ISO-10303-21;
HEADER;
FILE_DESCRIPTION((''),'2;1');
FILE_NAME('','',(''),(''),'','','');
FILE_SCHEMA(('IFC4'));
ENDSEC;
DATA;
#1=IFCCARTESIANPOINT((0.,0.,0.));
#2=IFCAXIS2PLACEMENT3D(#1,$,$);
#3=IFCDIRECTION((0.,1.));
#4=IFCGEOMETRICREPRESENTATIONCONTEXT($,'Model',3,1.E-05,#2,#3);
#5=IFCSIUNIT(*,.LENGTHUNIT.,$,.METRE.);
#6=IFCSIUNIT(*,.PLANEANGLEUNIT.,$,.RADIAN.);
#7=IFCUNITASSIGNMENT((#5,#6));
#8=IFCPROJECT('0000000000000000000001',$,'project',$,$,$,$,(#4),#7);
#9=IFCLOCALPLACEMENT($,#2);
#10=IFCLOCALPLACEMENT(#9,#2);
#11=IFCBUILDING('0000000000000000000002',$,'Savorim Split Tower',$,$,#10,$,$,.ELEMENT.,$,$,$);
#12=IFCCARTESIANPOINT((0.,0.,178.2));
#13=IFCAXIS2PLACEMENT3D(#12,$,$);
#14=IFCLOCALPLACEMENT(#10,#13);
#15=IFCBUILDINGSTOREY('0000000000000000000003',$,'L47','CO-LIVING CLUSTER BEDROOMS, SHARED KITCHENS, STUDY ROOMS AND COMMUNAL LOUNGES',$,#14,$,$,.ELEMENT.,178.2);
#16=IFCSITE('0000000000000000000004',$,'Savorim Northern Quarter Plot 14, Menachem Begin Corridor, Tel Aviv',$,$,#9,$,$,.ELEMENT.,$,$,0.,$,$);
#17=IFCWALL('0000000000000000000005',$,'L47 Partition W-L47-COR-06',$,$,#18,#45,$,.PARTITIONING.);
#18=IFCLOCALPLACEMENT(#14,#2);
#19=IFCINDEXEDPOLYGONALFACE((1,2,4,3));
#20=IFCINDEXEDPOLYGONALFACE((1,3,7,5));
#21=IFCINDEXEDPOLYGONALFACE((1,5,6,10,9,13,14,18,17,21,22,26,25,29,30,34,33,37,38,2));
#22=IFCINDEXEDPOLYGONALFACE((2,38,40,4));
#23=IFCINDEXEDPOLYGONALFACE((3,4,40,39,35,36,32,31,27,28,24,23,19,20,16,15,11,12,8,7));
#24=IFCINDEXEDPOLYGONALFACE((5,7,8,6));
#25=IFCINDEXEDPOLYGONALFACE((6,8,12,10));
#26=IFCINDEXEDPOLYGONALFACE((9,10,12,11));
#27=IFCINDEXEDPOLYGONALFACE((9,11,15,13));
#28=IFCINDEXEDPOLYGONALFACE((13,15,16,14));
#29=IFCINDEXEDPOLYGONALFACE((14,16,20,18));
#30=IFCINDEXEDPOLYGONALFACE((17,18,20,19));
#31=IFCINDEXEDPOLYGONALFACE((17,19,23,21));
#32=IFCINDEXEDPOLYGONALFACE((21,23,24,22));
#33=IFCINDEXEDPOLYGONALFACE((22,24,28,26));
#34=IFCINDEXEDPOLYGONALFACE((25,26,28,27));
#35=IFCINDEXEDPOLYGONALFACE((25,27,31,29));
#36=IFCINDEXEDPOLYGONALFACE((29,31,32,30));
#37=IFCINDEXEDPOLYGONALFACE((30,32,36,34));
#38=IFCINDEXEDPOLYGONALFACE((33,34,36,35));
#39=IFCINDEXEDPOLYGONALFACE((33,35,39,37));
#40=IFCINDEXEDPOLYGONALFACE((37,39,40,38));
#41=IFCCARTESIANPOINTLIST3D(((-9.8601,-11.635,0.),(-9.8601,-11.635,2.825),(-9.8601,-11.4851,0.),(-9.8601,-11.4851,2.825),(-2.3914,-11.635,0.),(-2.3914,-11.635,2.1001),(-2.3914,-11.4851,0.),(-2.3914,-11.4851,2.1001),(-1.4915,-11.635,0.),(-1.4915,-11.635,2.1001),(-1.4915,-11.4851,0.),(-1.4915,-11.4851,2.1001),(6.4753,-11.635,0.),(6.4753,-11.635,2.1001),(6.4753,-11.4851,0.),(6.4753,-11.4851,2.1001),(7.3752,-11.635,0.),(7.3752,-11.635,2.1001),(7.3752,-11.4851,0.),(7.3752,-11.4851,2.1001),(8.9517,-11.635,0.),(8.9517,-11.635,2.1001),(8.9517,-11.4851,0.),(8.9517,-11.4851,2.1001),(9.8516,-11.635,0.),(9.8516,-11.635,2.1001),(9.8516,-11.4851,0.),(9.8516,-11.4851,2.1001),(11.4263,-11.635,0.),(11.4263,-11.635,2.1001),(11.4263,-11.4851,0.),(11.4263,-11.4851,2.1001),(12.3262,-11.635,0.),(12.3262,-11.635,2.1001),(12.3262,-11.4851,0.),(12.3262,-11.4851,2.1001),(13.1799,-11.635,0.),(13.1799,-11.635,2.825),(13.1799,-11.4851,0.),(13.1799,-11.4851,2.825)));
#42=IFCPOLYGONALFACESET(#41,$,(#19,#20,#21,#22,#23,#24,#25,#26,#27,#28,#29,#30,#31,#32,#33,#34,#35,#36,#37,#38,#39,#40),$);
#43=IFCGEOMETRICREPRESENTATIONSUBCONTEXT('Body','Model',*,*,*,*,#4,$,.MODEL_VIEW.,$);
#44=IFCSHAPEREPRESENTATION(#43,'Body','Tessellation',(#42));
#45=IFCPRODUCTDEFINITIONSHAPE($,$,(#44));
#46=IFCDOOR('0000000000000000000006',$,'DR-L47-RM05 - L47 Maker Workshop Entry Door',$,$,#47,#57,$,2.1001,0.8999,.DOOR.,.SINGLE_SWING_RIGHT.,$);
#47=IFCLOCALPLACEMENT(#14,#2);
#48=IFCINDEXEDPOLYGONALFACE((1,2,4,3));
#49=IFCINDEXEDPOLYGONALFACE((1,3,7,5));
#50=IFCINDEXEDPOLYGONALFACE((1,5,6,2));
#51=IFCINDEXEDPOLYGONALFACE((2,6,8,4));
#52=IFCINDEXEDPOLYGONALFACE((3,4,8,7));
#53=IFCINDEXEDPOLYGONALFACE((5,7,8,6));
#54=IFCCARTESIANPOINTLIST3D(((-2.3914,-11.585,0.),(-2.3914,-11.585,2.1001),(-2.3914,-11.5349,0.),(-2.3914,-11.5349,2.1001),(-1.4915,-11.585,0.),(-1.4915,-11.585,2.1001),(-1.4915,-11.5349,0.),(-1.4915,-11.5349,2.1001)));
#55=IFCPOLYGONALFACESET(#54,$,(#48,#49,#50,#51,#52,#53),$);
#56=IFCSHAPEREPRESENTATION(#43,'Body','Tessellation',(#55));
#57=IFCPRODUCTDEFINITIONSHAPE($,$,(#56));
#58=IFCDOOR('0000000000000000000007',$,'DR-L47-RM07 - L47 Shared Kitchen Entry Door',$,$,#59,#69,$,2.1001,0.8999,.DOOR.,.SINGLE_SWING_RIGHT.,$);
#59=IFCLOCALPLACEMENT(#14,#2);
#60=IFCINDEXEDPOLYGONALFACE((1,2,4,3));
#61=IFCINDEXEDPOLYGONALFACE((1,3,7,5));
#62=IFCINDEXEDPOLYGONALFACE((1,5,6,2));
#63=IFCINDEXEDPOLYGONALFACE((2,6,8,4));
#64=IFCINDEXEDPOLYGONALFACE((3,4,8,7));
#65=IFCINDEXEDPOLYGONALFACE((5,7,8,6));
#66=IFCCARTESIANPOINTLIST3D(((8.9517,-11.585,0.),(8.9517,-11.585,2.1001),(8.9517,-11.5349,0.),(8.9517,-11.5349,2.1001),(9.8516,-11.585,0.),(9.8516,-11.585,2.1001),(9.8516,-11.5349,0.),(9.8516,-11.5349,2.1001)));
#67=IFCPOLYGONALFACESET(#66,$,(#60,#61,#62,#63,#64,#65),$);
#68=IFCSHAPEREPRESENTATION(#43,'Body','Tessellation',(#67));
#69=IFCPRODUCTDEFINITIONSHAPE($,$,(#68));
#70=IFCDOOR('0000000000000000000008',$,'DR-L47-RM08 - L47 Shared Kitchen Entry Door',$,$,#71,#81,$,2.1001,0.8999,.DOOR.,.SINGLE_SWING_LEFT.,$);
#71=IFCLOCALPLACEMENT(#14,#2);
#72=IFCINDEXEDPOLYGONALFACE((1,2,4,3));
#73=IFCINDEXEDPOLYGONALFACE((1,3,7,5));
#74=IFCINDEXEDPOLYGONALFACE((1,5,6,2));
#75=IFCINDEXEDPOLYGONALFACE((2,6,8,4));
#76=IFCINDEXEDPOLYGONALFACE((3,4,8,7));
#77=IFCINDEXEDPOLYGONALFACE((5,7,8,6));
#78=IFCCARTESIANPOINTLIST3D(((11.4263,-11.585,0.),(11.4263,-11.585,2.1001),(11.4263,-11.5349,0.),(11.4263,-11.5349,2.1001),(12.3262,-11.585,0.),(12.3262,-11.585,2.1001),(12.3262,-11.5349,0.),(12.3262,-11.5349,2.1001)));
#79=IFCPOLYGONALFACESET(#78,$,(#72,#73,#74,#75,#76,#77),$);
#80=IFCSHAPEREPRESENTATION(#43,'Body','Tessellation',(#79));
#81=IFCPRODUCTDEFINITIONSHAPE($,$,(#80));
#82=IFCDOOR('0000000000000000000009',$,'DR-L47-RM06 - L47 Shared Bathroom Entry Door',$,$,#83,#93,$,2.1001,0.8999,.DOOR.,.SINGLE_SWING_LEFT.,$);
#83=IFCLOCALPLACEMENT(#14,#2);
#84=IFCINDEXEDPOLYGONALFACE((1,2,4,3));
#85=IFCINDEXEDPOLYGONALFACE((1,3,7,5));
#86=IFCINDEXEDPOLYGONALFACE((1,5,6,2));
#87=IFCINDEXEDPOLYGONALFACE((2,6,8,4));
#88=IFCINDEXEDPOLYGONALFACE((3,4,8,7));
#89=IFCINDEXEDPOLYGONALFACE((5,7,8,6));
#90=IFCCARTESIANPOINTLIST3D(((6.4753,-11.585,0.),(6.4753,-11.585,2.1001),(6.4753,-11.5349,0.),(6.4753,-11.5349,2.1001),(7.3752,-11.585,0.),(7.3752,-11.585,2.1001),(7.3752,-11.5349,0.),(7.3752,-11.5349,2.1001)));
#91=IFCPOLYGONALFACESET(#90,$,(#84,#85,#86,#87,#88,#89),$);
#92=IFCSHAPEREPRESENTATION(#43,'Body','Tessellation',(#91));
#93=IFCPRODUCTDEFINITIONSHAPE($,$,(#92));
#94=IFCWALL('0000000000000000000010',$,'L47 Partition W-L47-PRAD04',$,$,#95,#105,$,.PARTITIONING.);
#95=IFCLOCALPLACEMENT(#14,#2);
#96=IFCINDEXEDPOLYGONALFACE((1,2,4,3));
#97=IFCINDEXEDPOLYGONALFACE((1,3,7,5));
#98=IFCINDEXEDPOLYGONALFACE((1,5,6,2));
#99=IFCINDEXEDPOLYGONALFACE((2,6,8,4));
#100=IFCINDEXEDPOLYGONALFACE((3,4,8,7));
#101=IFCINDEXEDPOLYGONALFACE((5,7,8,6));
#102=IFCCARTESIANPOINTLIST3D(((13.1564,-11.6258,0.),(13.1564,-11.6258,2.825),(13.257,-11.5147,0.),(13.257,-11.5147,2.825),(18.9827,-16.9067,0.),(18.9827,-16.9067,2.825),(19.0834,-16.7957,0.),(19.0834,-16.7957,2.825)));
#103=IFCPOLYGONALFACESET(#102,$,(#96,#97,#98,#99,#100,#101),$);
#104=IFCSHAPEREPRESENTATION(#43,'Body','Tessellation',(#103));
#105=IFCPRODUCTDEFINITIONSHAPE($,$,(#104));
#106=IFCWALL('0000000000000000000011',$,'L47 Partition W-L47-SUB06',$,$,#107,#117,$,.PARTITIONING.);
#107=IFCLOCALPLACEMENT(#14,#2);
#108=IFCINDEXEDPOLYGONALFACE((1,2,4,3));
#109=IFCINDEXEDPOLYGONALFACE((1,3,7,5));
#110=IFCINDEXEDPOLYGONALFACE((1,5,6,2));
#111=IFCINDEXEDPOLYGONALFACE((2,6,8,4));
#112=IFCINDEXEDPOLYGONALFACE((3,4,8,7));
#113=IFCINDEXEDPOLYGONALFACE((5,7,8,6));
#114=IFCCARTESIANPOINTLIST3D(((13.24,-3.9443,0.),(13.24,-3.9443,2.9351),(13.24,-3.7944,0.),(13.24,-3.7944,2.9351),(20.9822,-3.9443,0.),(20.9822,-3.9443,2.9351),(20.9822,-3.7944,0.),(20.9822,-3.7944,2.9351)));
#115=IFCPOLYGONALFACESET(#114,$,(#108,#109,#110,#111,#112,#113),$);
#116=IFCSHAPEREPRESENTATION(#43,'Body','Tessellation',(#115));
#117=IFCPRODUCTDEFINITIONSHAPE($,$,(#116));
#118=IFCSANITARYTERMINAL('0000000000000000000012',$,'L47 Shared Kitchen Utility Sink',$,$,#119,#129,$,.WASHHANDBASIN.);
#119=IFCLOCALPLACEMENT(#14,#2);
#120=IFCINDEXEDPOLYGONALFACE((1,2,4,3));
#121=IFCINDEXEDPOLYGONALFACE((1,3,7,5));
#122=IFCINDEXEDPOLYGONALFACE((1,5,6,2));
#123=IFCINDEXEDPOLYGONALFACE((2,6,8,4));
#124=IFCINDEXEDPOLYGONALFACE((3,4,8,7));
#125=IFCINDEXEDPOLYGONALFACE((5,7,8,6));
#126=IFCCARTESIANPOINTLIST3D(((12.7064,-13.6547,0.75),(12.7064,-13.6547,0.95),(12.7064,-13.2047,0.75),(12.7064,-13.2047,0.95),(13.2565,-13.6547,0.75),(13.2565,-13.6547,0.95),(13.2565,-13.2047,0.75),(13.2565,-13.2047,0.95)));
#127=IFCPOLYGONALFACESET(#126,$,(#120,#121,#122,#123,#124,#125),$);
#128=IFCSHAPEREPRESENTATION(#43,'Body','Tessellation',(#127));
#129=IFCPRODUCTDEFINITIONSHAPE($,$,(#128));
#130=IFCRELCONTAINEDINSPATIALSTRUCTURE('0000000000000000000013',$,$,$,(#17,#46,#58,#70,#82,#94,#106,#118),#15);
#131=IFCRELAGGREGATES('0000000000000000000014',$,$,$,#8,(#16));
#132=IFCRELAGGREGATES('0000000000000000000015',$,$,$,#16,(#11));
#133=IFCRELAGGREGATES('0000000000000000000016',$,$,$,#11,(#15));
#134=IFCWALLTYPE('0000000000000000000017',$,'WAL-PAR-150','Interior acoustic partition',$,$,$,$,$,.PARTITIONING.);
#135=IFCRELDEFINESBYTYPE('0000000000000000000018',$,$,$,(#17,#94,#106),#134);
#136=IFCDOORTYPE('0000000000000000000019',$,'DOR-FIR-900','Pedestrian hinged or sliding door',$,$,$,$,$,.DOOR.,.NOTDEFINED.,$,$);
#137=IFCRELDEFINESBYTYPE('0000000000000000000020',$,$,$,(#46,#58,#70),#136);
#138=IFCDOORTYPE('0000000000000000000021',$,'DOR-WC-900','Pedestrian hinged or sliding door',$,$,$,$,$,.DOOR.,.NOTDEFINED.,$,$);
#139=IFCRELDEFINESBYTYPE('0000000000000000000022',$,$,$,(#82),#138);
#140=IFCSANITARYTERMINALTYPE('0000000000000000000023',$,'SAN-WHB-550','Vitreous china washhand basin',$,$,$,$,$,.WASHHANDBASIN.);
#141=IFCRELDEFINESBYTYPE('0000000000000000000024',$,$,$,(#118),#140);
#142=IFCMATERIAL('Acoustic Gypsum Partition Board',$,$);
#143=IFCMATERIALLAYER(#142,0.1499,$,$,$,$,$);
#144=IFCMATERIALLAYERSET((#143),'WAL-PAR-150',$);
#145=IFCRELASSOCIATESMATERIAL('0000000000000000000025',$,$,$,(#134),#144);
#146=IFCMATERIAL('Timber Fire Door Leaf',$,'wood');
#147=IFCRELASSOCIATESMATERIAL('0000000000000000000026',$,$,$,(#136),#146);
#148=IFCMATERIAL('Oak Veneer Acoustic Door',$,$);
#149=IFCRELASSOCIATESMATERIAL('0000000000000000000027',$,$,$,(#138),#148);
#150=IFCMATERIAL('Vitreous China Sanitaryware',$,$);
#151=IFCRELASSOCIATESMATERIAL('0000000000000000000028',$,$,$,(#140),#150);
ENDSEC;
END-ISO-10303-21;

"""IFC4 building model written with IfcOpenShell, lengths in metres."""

from ifc_helpers import new_model, si_unit, direction, frame, frame_2d, origin, origin_2d, place, context, subcontext, project, spatial, rectangle, extrude, material, layer, layer_set, type_object, element, fill, save


model = new_model("IFC4")

# Units and contexts
model_context = context("Model", 3, precision=1e-05, world=origin(), true_north=direction((0.0, 1.0)))
body_context = subcontext(model_context, "Body", "Model", "MODEL_VIEW")
ifc_project = project(units=[si_unit("LENGTHUNIT", "METRE"), si_unit("PLANEANGLEUNIT", "RADIAN")], contexts=[model_context])

# Site, building, storey
site_placement = place(None, origin())
site = spatial("IfcSite", under=ifc_project, at=site_placement, Name="Savorim Northern Quarter Plot 14, Menachem Begin Corridor, Tel Aviv", CompositionType="ELEMENT", RefElevation=0.0)
building_placement = place(site_placement, origin())
building = spatial("IfcBuilding", under=site, at=building_placement, Name="Savorim Split Tower", CompositionType="ELEMENT")
storey_placement = place(building_placement, frame((0.0, 0.0, 178.2)))
storey = spatial("IfcBuildingStorey", under=building, at=storey_placement, Name="L47", Description="CO-LIVING CLUSTER BEDROOMS, SHARED KITCHENS, STUDY ROOMS AND COMMUNAL LOUNGES", CompositionType="ELEMENT", Elevation=178.2)

# Wall, openings, doors
ifc_material_1 = material(Name="Acoustic Gypsum Partition Board")
ifc_layer_1 = layer(ifc_material_1, 0.1499)
ifc_layer_set_1 = layer_set([ifc_layer_1], Name="WAL-PAR-150")
wall_type_1 = type_object("IfcWallType", Name="WAL-PAR-150", Description="Interior acoustic partition", PredefinedType="PARTITIONING", material=ifc_layer_set_1)
wall_1_placement = place(storey_placement, frame((13.1799, -11.5601, 0.0), z_axis=(0.0, 0.0, 1.0), x_axis=(-1.0, 0.0, 0.0)))
wall_1 = element("IfcWall", 1, at=wall_1_placement, inside=storey, type_object=wall_type_1, Name="L47 Partition W-L47-COR-06", PredefinedType="PARTITIONING", context=body_context, shape_type="SweptSolid", body=[
    extrude(rectangle(XDim=23.04, YDim=0.1499, at=frame_2d((11.52, 0.0))), origin(), (0.0, 0.0, 1.0), 2.825),
])
opening_1_placement = place(wall_1_placement, frame((14.6714, 0.0, 0.0)))
opening_1 = element("IfcOpeningElement", 2, at=opening_1_placement, cuts=wall_1, PredefinedType="OPENING", context=body_context, shape_type="SweptSolid", body=[
    extrude(rectangle(XDim=0.8999, YDim=2.1001, at=frame_2d((0.45, 1.05))), frame((0.0, 0.085, 0.0), z_axis=(0.0, -1.0, 0.0), x_axis=(1.0, 0.0, 0.0)), (0.0, 0.0, 1.0), 0.1699),
])
opening_2_placement = place(wall_1_placement, frame((5.8047, 0.0, 0.0)))
opening_2 = element("IfcOpeningElement", 3, at=opening_2_placement, cuts=wall_1, PredefinedType="OPENING", context=body_context, shape_type="SweptSolid", body=[
    extrude(rectangle(XDim=0.8999, YDim=2.1001, at=frame_2d((0.45, 1.05))), frame((0.0, 0.085, 0.0), z_axis=(0.0, -1.0, 0.0), x_axis=(1.0, 0.0, 0.0)), (0.0, 0.0, 1.0), 0.1699),
])
opening_3_placement = place(wall_1_placement, frame((3.3284, 0.0, 0.0)))
opening_3 = element("IfcOpeningElement", 4, at=opening_3_placement, cuts=wall_1, PredefinedType="OPENING", context=body_context, shape_type="SweptSolid", body=[
    extrude(rectangle(XDim=0.8999, YDim=2.1001, at=frame_2d((0.45, 1.05))), frame((0.0, 0.085, 0.0), z_axis=(0.0, -1.0, 0.0), x_axis=(1.0, 0.0, 0.0)), (0.0, 0.0, 1.0), 0.1699),
])
opening_4_placement = place(wall_1_placement, frame((0.8538, 0.0, 0.0)))
opening_4 = element("IfcOpeningElement", 5, at=opening_4_placement, cuts=wall_1, PredefinedType="OPENING", context=body_context, shape_type="SweptSolid", body=[
    extrude(rectangle(XDim=0.8999, YDim=2.1001, at=frame_2d((0.45, 1.05))), frame((0.0, 0.085, 0.0), z_axis=(0.0, -1.0, 0.0), x_axis=(1.0, 0.0, 0.0)), (0.0, 0.0, 1.0), 0.1699),
])
ifc_material_2 = material(Name="Timber Fire Door Leaf", Category="wood")
door_type_1 = type_object("IfcDoorType", Name="DOR-FIR-900", Description="Pedestrian hinged or sliding door", OperationType="NOTDEFINED", PredefinedType="DOOR", material=ifc_material_2)
door_1_placement = place(opening_1_placement, origin())
door_1 = element("IfcDoor", 6, at=door_1_placement, inside=storey, type_object=door_type_1, Name="DR-L47-RM05 - L47 Maker Workshop Entry Door", OperationType="SINGLE_SWING_RIGHT", OverallHeight=2.1001, OverallWidth=0.8999, PredefinedType="DOOR", context=body_context, shape_type="SweptSolid", body=[
    extrude(rectangle(XDim=0.8999, YDim=2.1001, at=frame_2d((0.45, 1.05))), frame((0.0, 0.0249, 0.0), z_axis=(0.0, -1.0, 0.0), x_axis=(1.0, 0.0, 0.0)), (0.0, 0.0, 1.0), 0.05),
])
fill(opening_1, door_1)
door_2_placement = place(opening_3_placement, origin())
door_2 = element("IfcDoor", 7, at=door_2_placement, inside=storey, type_object=door_type_1, Name="DR-L47-RM07 - L47 Shared Kitchen Entry Door", OperationType="SINGLE_SWING_RIGHT", OverallHeight=2.1001, OverallWidth=0.8999, PredefinedType="DOOR", context=body_context, shape_type="SweptSolid", body=[
    extrude(rectangle(XDim=0.8999, YDim=2.1001, at=frame_2d((0.45, 1.05))), frame((0.0, 0.0249, 0.0), z_axis=(0.0, -1.0, 0.0), x_axis=(1.0, 0.0, 0.0)), (0.0, 0.0, 1.0), 0.05),
])
fill(opening_3, door_2)
door_3_placement = place(opening_4_placement, origin())
door_3 = element("IfcDoor", 8, at=door_3_placement, inside=storey, type_object=door_type_1, Name="DR-L47-RM08 - L47 Shared Kitchen Entry Door", OperationType="SINGLE_SWING_LEFT", OverallHeight=2.1001, OverallWidth=0.8999, PredefinedType="DOOR", context=body_context, shape_type="SweptSolid", body=[
    extrude(rectangle(XDim=0.8999, YDim=2.1001, at=frame_2d((0.45, 1.05))), frame((0.0, 0.0249, 0.0), z_axis=(0.0, -1.0, 0.0), x_axis=(1.0, 0.0, 0.0)), (0.0, 0.0, 1.0), 0.05),
])
fill(opening_4, door_3)
ifc_material_3 = material(Name="Oak Veneer Acoustic Door")
door_type_2 = type_object("IfcDoorType", Name="DOR-WC-900", Description="Pedestrian hinged or sliding door", OperationType="NOTDEFINED", PredefinedType="DOOR", material=ifc_material_3)
door_4_placement = place(opening_2_placement, origin())
door_4 = element("IfcDoor", 9, at=door_4_placement, inside=storey, type_object=door_type_2, Name="DR-L47-RM06 - L47 Shared Bathroom Entry Door", OperationType="SINGLE_SWING_LEFT", OverallHeight=2.1001, OverallWidth=0.8999, PredefinedType="DOOR", context=body_context, shape_type="SweptSolid", body=[
    extrude(rectangle(XDim=0.8999, YDim=2.1001, at=frame_2d((0.45, 1.05))), frame((0.0, 0.0249, 0.0), z_axis=(0.0, -1.0, 0.0), x_axis=(1.0, 0.0, 0.0)), (0.0, 0.0, 1.0), 0.05),
])
fill(opening_2, door_4)

# Walls
wall_2_placement = place(storey_placement, frame((13.2068, -11.5703, 0.0), z_axis=(0.0, 0.0, 1.0), x_axis=(0.740935, -0.671576, 0.0)))
element("IfcWall", 10, at=wall_2_placement, inside=storey, type_object=wall_type_1, Name="L47 Partition W-L47-PRAD04", PredefinedType="PARTITIONING", context=body_context, shape_type="SweptSolid", body=[
    extrude(rectangle(XDim=7.8635, YDim=0.1499, at=frame_2d((3.9316, 0.0))), origin(), (0.0, 0.0, 1.0), 2.825),
])
wall_3_placement = place(storey_placement, frame((13.24, -3.8694, 0.0), z_axis=(0.0, 0.0, 1.0), x_axis=(1.0, 0.0, 0.0)))
element("IfcWall", 11, at=wall_3_placement, inside=storey, type_object=wall_type_1, Name="L47 Partition W-L47-SUB06", PredefinedType="PARTITIONING", context=body_context, shape_type="SweptSolid", body=[
    extrude(rectangle(XDim=7.7422, YDim=0.1499, at=frame_2d((3.8711, 0.0))), origin(), (0.0, 0.0, 1.0), 2.9351),
])

# Sanitary terminal
ifc_material_4 = material(Name="Vitreous China Sanitaryware")
sanitary_terminal_type = type_object("IfcSanitaryTerminalType", Name="SAN-WHB-550", Description="Vitreous china washhand basin", PredefinedType="WASHHANDBASIN", material=ifc_material_4)
sanitary_terminal_placement = place(storey_placement, frame((12.9814, -13.4297, 0.75), z_axis=(0.0, 0.0, 1.0), x_axis=(1.0, 0.0, 0.0)))
element("IfcSanitaryTerminal", 12, at=sanitary_terminal_placement, inside=storey, type_object=sanitary_terminal_type, Name="L47 Shared Kitchen Utility Sink", PredefinedType="WASHHANDBASIN", context=body_context, shape_type="SweptSolid", body=[
    extrude(rectangle(XDim=0.55, YDim=0.45, at=origin_2d()), origin(), (0.0, 0.0, 1.0), 0.2),
])

save(model, "model.ifc")
